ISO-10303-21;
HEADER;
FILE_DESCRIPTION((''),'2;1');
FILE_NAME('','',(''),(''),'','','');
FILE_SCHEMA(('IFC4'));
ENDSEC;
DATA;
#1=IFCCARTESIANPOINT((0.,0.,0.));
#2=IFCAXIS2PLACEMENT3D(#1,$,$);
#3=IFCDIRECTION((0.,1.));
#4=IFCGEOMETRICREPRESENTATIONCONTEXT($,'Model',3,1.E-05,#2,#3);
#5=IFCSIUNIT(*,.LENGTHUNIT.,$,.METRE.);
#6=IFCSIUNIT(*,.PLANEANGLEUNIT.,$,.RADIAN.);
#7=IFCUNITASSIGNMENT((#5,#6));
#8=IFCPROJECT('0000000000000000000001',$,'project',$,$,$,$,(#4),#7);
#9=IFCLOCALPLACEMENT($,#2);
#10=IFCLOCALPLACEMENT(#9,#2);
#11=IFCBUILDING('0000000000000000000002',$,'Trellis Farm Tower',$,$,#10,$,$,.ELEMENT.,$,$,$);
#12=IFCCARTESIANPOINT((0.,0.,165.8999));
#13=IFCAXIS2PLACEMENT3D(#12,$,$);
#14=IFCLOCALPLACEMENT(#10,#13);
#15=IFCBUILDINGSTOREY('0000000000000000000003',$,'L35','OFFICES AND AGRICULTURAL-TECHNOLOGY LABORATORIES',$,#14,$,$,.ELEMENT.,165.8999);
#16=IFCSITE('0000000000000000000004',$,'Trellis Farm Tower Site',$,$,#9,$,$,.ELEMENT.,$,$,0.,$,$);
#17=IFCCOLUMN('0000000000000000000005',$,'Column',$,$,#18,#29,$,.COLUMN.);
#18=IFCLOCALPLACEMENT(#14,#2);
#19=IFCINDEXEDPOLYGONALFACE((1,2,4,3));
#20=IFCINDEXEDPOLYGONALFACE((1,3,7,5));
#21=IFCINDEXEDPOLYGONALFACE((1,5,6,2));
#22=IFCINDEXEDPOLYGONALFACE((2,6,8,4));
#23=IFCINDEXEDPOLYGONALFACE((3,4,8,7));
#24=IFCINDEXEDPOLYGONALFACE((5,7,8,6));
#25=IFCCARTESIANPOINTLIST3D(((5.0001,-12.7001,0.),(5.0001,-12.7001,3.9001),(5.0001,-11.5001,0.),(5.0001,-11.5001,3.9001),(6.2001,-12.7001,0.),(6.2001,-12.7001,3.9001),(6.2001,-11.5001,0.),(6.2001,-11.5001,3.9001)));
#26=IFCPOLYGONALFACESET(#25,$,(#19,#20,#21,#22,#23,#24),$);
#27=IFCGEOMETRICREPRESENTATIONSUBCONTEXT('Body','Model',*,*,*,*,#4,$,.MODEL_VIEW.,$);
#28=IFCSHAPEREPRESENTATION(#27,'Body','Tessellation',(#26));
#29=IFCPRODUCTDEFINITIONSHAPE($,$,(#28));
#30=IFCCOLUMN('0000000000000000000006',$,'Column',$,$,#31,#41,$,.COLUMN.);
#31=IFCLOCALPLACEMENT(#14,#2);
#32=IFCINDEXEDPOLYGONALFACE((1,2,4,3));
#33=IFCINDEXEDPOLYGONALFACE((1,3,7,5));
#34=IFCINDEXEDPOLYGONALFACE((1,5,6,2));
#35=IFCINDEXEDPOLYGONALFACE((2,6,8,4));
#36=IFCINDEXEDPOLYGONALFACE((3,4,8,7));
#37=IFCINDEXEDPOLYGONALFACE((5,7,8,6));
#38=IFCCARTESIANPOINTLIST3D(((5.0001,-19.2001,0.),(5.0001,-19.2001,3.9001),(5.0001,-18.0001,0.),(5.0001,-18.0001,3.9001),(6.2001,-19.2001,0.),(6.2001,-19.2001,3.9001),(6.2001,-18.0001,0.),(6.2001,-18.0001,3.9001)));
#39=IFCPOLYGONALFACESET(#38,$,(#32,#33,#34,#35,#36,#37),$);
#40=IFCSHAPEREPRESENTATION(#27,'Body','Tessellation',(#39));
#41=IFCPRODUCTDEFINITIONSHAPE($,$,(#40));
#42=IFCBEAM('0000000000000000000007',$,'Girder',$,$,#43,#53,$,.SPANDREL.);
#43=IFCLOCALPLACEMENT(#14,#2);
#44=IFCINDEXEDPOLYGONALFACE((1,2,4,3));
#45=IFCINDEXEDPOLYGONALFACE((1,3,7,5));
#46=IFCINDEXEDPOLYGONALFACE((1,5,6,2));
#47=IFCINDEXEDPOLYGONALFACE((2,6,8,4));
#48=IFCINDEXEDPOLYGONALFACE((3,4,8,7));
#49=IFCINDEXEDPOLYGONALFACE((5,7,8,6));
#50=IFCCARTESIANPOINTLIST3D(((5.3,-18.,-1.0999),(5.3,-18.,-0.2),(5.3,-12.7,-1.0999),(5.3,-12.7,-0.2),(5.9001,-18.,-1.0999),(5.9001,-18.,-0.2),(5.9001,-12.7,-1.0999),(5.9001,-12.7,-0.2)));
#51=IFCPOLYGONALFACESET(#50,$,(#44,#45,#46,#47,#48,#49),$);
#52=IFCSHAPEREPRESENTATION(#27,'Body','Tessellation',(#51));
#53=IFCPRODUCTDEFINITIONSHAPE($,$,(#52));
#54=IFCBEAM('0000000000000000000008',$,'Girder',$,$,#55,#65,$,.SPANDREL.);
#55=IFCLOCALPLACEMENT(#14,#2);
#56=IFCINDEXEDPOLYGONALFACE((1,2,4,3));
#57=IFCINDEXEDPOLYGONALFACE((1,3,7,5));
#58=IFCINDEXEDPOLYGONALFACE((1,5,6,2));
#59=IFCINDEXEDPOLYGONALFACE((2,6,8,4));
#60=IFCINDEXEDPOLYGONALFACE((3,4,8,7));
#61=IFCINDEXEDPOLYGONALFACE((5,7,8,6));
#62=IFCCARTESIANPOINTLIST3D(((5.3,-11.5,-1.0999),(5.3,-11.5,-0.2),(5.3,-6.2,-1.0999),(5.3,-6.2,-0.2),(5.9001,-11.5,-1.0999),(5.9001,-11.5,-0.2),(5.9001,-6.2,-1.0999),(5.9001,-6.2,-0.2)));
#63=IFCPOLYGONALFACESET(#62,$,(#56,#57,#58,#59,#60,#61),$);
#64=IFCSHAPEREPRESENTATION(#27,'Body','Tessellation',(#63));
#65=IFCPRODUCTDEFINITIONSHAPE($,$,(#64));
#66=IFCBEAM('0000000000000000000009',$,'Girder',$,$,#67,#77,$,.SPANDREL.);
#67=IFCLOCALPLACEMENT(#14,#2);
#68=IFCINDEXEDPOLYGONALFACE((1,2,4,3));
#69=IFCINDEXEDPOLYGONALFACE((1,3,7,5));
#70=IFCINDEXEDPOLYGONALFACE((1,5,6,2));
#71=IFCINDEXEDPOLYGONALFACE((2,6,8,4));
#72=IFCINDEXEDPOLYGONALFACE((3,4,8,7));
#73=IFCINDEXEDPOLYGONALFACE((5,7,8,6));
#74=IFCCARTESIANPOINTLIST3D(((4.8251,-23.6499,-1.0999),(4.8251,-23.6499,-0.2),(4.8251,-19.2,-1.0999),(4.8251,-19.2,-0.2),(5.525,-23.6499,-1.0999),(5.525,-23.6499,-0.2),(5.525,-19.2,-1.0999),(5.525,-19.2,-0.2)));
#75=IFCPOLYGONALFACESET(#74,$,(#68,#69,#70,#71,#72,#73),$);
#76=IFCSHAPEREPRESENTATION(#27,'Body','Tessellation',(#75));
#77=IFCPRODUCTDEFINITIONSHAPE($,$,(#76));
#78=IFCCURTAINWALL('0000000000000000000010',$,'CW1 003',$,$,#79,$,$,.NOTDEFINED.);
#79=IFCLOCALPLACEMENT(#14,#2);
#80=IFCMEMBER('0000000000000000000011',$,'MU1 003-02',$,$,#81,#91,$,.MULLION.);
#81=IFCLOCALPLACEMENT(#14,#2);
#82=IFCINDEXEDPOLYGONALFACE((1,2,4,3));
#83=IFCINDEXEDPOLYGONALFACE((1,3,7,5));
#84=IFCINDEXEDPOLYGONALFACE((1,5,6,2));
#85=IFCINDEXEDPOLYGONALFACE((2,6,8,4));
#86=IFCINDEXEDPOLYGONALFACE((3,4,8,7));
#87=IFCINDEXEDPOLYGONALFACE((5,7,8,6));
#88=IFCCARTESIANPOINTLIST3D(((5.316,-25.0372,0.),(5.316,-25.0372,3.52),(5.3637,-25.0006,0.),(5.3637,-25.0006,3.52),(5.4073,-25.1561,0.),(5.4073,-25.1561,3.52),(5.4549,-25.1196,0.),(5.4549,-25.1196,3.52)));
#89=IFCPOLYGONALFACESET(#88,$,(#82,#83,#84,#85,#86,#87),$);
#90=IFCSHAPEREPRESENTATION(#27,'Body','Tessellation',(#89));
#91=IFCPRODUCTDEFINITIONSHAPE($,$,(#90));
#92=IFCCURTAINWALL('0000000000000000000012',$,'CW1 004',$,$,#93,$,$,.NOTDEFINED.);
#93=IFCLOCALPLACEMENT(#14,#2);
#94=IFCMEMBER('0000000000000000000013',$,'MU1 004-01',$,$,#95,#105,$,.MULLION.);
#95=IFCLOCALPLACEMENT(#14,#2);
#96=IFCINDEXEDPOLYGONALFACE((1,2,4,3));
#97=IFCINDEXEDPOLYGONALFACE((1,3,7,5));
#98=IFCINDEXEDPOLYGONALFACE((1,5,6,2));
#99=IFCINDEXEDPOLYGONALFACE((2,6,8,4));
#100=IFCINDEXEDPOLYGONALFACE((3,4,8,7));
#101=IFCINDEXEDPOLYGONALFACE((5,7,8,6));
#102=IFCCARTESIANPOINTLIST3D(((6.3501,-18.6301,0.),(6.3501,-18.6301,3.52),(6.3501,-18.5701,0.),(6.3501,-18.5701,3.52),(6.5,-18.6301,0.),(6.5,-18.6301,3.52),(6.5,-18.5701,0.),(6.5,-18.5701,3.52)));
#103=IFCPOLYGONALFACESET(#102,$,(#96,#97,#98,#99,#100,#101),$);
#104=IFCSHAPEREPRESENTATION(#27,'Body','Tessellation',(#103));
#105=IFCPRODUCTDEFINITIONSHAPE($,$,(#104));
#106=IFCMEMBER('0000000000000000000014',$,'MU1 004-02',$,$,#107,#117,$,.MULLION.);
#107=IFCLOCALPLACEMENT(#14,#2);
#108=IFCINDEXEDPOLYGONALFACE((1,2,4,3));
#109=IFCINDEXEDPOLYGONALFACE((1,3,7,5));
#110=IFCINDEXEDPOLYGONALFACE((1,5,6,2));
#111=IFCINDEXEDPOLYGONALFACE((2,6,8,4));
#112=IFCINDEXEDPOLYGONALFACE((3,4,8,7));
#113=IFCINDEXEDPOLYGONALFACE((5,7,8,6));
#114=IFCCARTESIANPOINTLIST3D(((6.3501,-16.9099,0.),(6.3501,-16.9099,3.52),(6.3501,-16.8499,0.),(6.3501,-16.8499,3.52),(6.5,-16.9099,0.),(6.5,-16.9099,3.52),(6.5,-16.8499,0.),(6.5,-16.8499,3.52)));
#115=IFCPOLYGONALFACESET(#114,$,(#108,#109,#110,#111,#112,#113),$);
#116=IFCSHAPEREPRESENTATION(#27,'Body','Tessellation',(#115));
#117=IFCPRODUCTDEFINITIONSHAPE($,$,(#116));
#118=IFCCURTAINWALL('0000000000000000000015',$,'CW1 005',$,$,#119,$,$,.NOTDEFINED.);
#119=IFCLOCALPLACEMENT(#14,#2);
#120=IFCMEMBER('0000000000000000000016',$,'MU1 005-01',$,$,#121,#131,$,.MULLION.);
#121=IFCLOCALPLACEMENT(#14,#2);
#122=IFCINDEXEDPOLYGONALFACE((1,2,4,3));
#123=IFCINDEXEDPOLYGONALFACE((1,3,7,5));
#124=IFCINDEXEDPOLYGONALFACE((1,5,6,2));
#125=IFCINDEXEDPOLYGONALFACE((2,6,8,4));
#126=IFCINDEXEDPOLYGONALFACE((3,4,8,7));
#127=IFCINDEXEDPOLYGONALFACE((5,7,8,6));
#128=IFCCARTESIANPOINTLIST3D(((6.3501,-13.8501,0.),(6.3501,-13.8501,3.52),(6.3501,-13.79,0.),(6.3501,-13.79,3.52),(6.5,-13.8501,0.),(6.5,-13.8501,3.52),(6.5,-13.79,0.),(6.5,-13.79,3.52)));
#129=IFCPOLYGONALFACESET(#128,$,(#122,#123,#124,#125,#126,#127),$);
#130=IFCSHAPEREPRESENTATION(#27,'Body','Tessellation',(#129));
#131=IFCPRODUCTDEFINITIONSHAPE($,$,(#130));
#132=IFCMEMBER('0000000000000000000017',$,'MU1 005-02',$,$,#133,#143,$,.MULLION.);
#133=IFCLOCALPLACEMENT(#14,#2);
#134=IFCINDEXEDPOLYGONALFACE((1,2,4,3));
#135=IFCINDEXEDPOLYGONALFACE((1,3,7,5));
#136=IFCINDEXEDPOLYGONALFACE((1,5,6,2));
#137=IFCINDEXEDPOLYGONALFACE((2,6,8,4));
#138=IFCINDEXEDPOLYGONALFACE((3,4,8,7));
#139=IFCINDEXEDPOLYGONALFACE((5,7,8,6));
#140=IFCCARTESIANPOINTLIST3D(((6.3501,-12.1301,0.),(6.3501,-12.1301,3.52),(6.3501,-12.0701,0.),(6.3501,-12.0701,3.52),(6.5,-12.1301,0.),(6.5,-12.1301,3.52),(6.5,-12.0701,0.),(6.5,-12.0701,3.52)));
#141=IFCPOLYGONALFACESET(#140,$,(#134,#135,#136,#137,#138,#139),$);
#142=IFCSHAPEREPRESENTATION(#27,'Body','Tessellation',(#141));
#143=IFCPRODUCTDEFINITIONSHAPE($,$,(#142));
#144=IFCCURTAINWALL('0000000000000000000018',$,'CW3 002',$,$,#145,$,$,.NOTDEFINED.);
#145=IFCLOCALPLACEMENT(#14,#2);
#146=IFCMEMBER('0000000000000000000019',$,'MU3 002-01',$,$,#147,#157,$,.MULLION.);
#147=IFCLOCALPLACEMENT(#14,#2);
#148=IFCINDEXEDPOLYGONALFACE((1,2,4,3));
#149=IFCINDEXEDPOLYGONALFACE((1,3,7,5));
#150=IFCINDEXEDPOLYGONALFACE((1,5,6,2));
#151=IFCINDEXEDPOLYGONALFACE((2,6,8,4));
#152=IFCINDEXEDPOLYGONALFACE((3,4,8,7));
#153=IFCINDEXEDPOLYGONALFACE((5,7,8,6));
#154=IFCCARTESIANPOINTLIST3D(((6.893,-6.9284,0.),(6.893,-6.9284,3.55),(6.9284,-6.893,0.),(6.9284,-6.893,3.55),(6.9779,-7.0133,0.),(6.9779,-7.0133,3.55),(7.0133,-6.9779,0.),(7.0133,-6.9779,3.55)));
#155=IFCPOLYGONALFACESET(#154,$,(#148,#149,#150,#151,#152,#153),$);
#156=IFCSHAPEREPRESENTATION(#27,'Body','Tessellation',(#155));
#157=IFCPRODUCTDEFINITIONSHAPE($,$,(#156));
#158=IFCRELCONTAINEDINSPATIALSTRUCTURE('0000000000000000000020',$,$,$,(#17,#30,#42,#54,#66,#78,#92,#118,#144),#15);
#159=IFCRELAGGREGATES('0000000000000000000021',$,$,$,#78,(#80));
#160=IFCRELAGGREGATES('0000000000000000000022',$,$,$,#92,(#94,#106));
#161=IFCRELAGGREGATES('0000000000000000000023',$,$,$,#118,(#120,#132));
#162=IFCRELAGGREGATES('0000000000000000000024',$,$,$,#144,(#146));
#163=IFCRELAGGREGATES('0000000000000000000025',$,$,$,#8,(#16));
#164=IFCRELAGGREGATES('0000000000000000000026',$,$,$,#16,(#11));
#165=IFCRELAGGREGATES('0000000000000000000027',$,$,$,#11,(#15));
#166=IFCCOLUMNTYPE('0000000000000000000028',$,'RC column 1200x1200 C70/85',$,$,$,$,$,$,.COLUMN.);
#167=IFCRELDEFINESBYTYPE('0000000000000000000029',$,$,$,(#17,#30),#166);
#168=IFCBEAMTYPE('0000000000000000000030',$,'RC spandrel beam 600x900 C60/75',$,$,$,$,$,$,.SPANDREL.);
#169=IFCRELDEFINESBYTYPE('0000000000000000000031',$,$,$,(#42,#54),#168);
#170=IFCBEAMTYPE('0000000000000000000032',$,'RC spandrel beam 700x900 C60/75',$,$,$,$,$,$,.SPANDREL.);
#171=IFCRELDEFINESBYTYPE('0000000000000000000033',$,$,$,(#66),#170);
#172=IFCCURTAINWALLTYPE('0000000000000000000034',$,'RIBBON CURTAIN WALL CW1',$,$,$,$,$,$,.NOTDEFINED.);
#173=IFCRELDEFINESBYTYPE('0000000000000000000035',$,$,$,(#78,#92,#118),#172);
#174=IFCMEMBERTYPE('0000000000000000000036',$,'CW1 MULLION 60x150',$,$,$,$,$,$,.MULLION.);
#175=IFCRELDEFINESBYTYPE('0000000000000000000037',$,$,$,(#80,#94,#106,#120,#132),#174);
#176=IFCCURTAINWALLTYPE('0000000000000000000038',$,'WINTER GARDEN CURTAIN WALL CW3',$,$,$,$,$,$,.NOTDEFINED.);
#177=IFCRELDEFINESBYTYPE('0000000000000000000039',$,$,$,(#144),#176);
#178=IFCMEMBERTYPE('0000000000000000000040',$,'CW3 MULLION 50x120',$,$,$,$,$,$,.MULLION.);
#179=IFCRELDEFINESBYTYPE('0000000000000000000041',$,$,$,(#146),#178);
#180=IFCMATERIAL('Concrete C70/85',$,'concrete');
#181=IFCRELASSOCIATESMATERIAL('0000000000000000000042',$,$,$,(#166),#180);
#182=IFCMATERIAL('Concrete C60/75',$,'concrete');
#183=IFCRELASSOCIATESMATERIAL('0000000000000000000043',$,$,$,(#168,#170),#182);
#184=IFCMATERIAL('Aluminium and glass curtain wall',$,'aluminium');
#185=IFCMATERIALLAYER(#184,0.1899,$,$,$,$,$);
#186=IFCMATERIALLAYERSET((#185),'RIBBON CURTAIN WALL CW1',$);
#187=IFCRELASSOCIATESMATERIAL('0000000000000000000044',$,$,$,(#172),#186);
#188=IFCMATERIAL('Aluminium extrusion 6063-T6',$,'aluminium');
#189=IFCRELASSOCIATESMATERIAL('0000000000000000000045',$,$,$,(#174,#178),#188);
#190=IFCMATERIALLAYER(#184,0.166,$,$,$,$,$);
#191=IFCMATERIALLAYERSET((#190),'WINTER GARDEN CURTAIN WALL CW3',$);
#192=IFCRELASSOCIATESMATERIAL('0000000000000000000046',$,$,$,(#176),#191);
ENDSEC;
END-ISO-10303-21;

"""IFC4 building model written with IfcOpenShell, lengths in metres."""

from ifc_helpers import new_model, si_unit, direction, frame, origin, origin_2d, place, context, subcontext, project, spatial, rectangle, extrude, source, transform, mapped, material, layer, layer_set, material_profile, profile_set, type_object, element, aggregate, save


model = new_model("IFC4")

# Units and contexts
model_context = context("Model", 3, precision=1e-05, world=origin(), true_north=direction((0.0, 1.0)))
body_context = subcontext(model_context, "Body", "Model", "MODEL_VIEW")
ifc_project = project(units=[si_unit("LENGTHUNIT", "METRE"), si_unit("PLANEANGLEUNIT", "RADIAN")], contexts=[model_context])

# Site, building, storey
site_placement = place(None, origin())
site = spatial("IfcSite", under=ifc_project, at=site_placement, Name="Trellis Farm Tower Site", CompositionType="ELEMENT", RefElevation=0.0)
building_placement = place(site_placement, origin())
building = spatial("IfcBuilding", under=site, at=building_placement, Name="Trellis Farm Tower", CompositionType="ELEMENT")
storey_placement = place(building_placement, frame((0.0, 0.0, 165.8999)))
storey = spatial("IfcBuildingStorey", under=building, at=storey_placement, Name="L35", Description="OFFICES AND AGRICULTURAL-TECHNOLOGY LABORATORIES", CompositionType="ELEMENT", Elevation=165.8999)

# Columns
ifc_material_1 = material(Name="Concrete C70/85", Category="concrete")
ifc_material_profile_1 = material_profile(ifc_material_1, rectangle(XDim=1.2, YDim=1.2, at=origin_2d()), Name="RC column 1200x1200 C70/85")
ifc_profile_set_1 = profile_set([ifc_material_profile_1], Name="Concrete C70/85")
column_type = type_object("IfcColumnType", Name="RC column 1200x1200 C70/85", PredefinedType="COLUMN", material=ifc_profile_set_1)
shared_shape_1 = source(origin(), body_context, "Body", "SweptSolid", [
    extrude(rectangle(XDim=1.2, YDim=1.2, at=origin_2d()), origin(), (0.0, 0.0, 1.0), 3.9001),
])
for number, where, z_axis, x_axis, name in (
    (1, (5.6001, -12.1001, 0.0), (0.0, 0.0, 1.0), (1.0, 0.0, 0.0), "Column"),
    (2, (5.6001, -18.6001, 0.0), (0.0, 0.0, 1.0), (1.0, 0.0, 0.0), "Column"),
):
    element("IfcColumn", number, at=place(storey_placement, frame(where, z_axis=z_axis, x_axis=x_axis)), inside=storey, type_object=column_type, Name=name, PredefinedType="COLUMN", context=body_context, shape_type="MappedRepresentation", body=[
        mapped(shared_shape_1, transform((0.0, 0.0, 0.0))),
    ])

# Beams
ifc_material_2 = material(Name="Concrete C60/75", Category="concrete")
ifc_material_profile_2 = material_profile(ifc_material_2, rectangle(XDim=0.6001, YDim=0.8999, at=origin_2d()), Name="RC spandrel beam 600x900 C60/75")
ifc_profile_set_2 = profile_set([ifc_material_profile_2], Name="Concrete C60/75")
beam_type_1 = type_object("IfcBeamType", Name="RC spandrel beam 600x900 C60/75", PredefinedType="SPANDREL", material=ifc_profile_set_2)
shared_shape_2 = source(origin(), body_context, "Body", "SweptSolid", [
    extrude(rectangle(XDim=0.6001, YDim=0.8999, at=origin_2d()), origin(), (0.0, 0.0, 1.0), 5.3),
])
for number, where, z_axis, x_axis, name in (
    (3, (5.6001, -18.0, -0.6499), (0.0, 1.0, 0.0), (-1.0, 0.0, 0.0), "Girder"),
    (4, (5.6001, -11.5, -0.6499), (0.0, 1.0, 0.0), (-1.0, 0.0, 0.0), "Girder"),
):
    element("IfcBeam", number, at=place(storey_placement, frame(where, z_axis=z_axis, x_axis=x_axis)), inside=storey, type_object=beam_type_1, Name=name, PredefinedType="SPANDREL", context=body_context, shape_type="MappedRepresentation", body=[
        mapped(shared_shape_2, transform((0.0, 0.0, 0.0))),
    ])
ifc_material_profile_3 = material_profile(ifc_material_2, rectangle(XDim=0.7, YDim=0.8999, at=origin_2d()), Name="RC spandrel beam 700x900 C60/75")
ifc_profile_set_3 = profile_set([ifc_material_profile_3], Name="Concrete C60/75")
beam_type_2 = type_object("IfcBeamType", Name="RC spandrel beam 700x900 C60/75", PredefinedType="SPANDREL", material=ifc_profile_set_3)
shared_shape_3 = source(origin(), body_context, "Body", "SweptSolid", [
    extrude(rectangle(XDim=0.7, YDim=0.8999, at=origin_2d()), origin(), (0.0, 0.0, 1.0), 4.45),
])
beam_placement = place(storey_placement, frame((5.175, -23.6499, -0.6499), z_axis=(0.0, 1.0, 0.0), x_axis=(-1.0, 0.0, 0.0)))
element("IfcBeam", 5, at=beam_placement, inside=storey, type_object=beam_type_2, Name="Girder", PredefinedType="SPANDREL", context=body_context, shape_type="MappedRepresentation", body=[
    mapped(shared_shape_3, transform((0.0, 0.0, 0.0))),
])

# Curtain wall, member
ifc_material_3 = material(Name="Aluminium and glass curtain wall", Category="aluminium")
ifc_layer_1 = layer(ifc_material_3, 0.1899)
ifc_layer_set_1 = layer_set([ifc_layer_1], Name="RIBBON CURTAIN WALL CW1")
curtain_wall_type_1 = type_object("IfcCurtainWallType", Name="RIBBON CURTAIN WALL CW1", PredefinedType="NOTDEFINED", material=ifc_layer_set_1)
placement = place(storey_placement, origin())
curtain_wall_1 = element("IfcCurtainWall", 6, at=placement, inside=storey, type_object=curtain_wall_type_1, Name="CW1 003", PredefinedType="NOTDEFINED")
ifc_material_4 = material(Name="Aluminium extrusion 6063-T6", Category="aluminium")
ifc_material_profile_4 = material_profile(ifc_material_4, rectangle(XDim=0.0601, YDim=0.1499, at=origin_2d()), Name="MULLION 60x150")
ifc_profile_set_4 = profile_set([ifc_material_profile_4], Name="Aluminium extrusion 6063-T6")
member_type_1 = type_object("IfcMemberType", Name="CW1 MULLION 60x150", PredefinedType="MULLION", material=ifc_profile_set_4)
shared_shape_4 = source(origin(), body_context, "Body", "SweptSolid", [
    extrude(rectangle(XDim=0.0601, YDim=0.1499, at=origin_2d()), origin(), (0.0, 0.0, 1.0), 3.52),
])
member_1_placement = place(storey_placement, frame((5.3855, -25.0784, 0.0), z_axis=(0.0, 0.0, 1.0), x_axis=(0.793353, 0.608761, 0.0)))
member_1 = element("IfcMember", 7, at=member_1_placement, type_object=member_type_1, Name="MU1 003-02", PredefinedType="MULLION", context=body_context, shape_type="MappedRepresentation", body=[
    mapped(shared_shape_4, transform((0.0, 0.0, 0.0))),
])
aggregate(curtain_wall_1, [member_1])

# Curtain walls, members
curtain_wall_2 = element("IfcCurtainWall", 8, at=placement, inside=storey, type_object=curtain_wall_type_1, Name="CW1 004", PredefinedType="NOTDEFINED")
member_2_placement = place(storey_placement, frame((6.425, -18.6001, 0.0), z_axis=(0.0, 0.0, 1.0), x_axis=(0.0, 1.0, 0.0)))
member_2 = element("IfcMember", 9, at=member_2_placement, type_object=member_type_1, Name="MU1 004-01", PredefinedType="MULLION", context=body_context, shape_type="MappedRepresentation", body=[
    mapped(shared_shape_4, transform((0.0, 0.0, 0.0))),
])
member_3_placement = place(storey_placement, frame((6.425, -16.8799, 0.0), z_axis=(0.0, 0.0, 1.0), x_axis=(0.0, 1.0, 0.0)))
member_3 = element("IfcMember", 10, at=member_3_placement, type_object=member_type_1, Name="MU1 004-02", PredefinedType="MULLION", context=body_context, shape_type="MappedRepresentation", body=[
    mapped(shared_shape_4, transform((0.0, 0.0, 0.0))),
])
aggregate(curtain_wall_2, [member_2, member_3])
curtain_wall_3 = element("IfcCurtainWall", 11, at=placement, inside=storey, type_object=curtain_wall_type_1, Name="CW1 005", PredefinedType="NOTDEFINED")
member_4_placement = place(storey_placement, frame((6.425, -13.8201, 0.0), z_axis=(0.0, 0.0, 1.0), x_axis=(0.0, 1.0, 0.0)))
member_4 = element("IfcMember", 12, at=member_4_placement, type_object=member_type_1, Name="MU1 005-01", PredefinedType="MULLION", context=body_context, shape_type="MappedRepresentation", body=[
    mapped(shared_shape_4, transform((0.0, 0.0, 0.0))),
])
member_5_placement = place(storey_placement, frame((6.425, -12.1001, 0.0), z_axis=(0.0, 0.0, 1.0), x_axis=(0.0, 1.0, 0.0)))
member_5 = element("IfcMember", 13, at=member_5_placement, type_object=member_type_1, Name="MU1 005-02", PredefinedType="MULLION", context=body_context, shape_type="MappedRepresentation", body=[
    mapped(shared_shape_4, transform((0.0, 0.0, 0.0))),
])
aggregate(curtain_wall_3, [member_4, member_5])

# Curtain wall, member
ifc_layer_2 = layer(ifc_material_3, 0.166)
ifc_layer_set_2 = layer_set([ifc_layer_2], Name="WINTER GARDEN CURTAIN WALL CW3")
curtain_wall_type_2 = type_object("IfcCurtainWallType", Name="WINTER GARDEN CURTAIN WALL CW3", PredefinedType="NOTDEFINED", material=ifc_layer_set_2)
curtain_wall_4 = element("IfcCurtainWall", 14, at=placement, inside=storey, type_object=curtain_wall_type_2, Name="CW3 002", PredefinedType="NOTDEFINED")
ifc_material_profile_5 = material_profile(ifc_material_4, rectangle(XDim=0.05, YDim=0.1201, at=origin_2d()), Name="MULLION 50x120")
ifc_profile_set_5 = profile_set([ifc_material_profile_5], Name="Aluminium extrusion 6063-T6")
member_type_2 = type_object("IfcMemberType", Name="CW3 MULLION 50x120", PredefinedType="MULLION", material=ifc_profile_set_5)
shared_shape_5 = source(origin(), body_context, "Body", "SweptSolid", [
    extrude(rectangle(XDim=0.05, YDim=0.1201, at=origin_2d()), origin(), (0.0, 0.0, 1.0), 3.55),
])
member_6_placement = place(storey_placement, frame((6.9531, -6.9531, 0.0), z_axis=(0.0, 0.0, 1.0), x_axis=(0.707107, 0.707107, 0.0)))
member_6 = element("IfcMember", 15, at=member_6_placement, type_object=member_type_2, Name="MU3 002-01", PredefinedType="MULLION", context=body_context, shape_type="MappedRepresentation", body=[
    mapped(shared_shape_5, transform((0.0, 0.0, 0.0))),
])
aggregate(curtain_wall_4, [member_6])

save(model, "model.ifc")
